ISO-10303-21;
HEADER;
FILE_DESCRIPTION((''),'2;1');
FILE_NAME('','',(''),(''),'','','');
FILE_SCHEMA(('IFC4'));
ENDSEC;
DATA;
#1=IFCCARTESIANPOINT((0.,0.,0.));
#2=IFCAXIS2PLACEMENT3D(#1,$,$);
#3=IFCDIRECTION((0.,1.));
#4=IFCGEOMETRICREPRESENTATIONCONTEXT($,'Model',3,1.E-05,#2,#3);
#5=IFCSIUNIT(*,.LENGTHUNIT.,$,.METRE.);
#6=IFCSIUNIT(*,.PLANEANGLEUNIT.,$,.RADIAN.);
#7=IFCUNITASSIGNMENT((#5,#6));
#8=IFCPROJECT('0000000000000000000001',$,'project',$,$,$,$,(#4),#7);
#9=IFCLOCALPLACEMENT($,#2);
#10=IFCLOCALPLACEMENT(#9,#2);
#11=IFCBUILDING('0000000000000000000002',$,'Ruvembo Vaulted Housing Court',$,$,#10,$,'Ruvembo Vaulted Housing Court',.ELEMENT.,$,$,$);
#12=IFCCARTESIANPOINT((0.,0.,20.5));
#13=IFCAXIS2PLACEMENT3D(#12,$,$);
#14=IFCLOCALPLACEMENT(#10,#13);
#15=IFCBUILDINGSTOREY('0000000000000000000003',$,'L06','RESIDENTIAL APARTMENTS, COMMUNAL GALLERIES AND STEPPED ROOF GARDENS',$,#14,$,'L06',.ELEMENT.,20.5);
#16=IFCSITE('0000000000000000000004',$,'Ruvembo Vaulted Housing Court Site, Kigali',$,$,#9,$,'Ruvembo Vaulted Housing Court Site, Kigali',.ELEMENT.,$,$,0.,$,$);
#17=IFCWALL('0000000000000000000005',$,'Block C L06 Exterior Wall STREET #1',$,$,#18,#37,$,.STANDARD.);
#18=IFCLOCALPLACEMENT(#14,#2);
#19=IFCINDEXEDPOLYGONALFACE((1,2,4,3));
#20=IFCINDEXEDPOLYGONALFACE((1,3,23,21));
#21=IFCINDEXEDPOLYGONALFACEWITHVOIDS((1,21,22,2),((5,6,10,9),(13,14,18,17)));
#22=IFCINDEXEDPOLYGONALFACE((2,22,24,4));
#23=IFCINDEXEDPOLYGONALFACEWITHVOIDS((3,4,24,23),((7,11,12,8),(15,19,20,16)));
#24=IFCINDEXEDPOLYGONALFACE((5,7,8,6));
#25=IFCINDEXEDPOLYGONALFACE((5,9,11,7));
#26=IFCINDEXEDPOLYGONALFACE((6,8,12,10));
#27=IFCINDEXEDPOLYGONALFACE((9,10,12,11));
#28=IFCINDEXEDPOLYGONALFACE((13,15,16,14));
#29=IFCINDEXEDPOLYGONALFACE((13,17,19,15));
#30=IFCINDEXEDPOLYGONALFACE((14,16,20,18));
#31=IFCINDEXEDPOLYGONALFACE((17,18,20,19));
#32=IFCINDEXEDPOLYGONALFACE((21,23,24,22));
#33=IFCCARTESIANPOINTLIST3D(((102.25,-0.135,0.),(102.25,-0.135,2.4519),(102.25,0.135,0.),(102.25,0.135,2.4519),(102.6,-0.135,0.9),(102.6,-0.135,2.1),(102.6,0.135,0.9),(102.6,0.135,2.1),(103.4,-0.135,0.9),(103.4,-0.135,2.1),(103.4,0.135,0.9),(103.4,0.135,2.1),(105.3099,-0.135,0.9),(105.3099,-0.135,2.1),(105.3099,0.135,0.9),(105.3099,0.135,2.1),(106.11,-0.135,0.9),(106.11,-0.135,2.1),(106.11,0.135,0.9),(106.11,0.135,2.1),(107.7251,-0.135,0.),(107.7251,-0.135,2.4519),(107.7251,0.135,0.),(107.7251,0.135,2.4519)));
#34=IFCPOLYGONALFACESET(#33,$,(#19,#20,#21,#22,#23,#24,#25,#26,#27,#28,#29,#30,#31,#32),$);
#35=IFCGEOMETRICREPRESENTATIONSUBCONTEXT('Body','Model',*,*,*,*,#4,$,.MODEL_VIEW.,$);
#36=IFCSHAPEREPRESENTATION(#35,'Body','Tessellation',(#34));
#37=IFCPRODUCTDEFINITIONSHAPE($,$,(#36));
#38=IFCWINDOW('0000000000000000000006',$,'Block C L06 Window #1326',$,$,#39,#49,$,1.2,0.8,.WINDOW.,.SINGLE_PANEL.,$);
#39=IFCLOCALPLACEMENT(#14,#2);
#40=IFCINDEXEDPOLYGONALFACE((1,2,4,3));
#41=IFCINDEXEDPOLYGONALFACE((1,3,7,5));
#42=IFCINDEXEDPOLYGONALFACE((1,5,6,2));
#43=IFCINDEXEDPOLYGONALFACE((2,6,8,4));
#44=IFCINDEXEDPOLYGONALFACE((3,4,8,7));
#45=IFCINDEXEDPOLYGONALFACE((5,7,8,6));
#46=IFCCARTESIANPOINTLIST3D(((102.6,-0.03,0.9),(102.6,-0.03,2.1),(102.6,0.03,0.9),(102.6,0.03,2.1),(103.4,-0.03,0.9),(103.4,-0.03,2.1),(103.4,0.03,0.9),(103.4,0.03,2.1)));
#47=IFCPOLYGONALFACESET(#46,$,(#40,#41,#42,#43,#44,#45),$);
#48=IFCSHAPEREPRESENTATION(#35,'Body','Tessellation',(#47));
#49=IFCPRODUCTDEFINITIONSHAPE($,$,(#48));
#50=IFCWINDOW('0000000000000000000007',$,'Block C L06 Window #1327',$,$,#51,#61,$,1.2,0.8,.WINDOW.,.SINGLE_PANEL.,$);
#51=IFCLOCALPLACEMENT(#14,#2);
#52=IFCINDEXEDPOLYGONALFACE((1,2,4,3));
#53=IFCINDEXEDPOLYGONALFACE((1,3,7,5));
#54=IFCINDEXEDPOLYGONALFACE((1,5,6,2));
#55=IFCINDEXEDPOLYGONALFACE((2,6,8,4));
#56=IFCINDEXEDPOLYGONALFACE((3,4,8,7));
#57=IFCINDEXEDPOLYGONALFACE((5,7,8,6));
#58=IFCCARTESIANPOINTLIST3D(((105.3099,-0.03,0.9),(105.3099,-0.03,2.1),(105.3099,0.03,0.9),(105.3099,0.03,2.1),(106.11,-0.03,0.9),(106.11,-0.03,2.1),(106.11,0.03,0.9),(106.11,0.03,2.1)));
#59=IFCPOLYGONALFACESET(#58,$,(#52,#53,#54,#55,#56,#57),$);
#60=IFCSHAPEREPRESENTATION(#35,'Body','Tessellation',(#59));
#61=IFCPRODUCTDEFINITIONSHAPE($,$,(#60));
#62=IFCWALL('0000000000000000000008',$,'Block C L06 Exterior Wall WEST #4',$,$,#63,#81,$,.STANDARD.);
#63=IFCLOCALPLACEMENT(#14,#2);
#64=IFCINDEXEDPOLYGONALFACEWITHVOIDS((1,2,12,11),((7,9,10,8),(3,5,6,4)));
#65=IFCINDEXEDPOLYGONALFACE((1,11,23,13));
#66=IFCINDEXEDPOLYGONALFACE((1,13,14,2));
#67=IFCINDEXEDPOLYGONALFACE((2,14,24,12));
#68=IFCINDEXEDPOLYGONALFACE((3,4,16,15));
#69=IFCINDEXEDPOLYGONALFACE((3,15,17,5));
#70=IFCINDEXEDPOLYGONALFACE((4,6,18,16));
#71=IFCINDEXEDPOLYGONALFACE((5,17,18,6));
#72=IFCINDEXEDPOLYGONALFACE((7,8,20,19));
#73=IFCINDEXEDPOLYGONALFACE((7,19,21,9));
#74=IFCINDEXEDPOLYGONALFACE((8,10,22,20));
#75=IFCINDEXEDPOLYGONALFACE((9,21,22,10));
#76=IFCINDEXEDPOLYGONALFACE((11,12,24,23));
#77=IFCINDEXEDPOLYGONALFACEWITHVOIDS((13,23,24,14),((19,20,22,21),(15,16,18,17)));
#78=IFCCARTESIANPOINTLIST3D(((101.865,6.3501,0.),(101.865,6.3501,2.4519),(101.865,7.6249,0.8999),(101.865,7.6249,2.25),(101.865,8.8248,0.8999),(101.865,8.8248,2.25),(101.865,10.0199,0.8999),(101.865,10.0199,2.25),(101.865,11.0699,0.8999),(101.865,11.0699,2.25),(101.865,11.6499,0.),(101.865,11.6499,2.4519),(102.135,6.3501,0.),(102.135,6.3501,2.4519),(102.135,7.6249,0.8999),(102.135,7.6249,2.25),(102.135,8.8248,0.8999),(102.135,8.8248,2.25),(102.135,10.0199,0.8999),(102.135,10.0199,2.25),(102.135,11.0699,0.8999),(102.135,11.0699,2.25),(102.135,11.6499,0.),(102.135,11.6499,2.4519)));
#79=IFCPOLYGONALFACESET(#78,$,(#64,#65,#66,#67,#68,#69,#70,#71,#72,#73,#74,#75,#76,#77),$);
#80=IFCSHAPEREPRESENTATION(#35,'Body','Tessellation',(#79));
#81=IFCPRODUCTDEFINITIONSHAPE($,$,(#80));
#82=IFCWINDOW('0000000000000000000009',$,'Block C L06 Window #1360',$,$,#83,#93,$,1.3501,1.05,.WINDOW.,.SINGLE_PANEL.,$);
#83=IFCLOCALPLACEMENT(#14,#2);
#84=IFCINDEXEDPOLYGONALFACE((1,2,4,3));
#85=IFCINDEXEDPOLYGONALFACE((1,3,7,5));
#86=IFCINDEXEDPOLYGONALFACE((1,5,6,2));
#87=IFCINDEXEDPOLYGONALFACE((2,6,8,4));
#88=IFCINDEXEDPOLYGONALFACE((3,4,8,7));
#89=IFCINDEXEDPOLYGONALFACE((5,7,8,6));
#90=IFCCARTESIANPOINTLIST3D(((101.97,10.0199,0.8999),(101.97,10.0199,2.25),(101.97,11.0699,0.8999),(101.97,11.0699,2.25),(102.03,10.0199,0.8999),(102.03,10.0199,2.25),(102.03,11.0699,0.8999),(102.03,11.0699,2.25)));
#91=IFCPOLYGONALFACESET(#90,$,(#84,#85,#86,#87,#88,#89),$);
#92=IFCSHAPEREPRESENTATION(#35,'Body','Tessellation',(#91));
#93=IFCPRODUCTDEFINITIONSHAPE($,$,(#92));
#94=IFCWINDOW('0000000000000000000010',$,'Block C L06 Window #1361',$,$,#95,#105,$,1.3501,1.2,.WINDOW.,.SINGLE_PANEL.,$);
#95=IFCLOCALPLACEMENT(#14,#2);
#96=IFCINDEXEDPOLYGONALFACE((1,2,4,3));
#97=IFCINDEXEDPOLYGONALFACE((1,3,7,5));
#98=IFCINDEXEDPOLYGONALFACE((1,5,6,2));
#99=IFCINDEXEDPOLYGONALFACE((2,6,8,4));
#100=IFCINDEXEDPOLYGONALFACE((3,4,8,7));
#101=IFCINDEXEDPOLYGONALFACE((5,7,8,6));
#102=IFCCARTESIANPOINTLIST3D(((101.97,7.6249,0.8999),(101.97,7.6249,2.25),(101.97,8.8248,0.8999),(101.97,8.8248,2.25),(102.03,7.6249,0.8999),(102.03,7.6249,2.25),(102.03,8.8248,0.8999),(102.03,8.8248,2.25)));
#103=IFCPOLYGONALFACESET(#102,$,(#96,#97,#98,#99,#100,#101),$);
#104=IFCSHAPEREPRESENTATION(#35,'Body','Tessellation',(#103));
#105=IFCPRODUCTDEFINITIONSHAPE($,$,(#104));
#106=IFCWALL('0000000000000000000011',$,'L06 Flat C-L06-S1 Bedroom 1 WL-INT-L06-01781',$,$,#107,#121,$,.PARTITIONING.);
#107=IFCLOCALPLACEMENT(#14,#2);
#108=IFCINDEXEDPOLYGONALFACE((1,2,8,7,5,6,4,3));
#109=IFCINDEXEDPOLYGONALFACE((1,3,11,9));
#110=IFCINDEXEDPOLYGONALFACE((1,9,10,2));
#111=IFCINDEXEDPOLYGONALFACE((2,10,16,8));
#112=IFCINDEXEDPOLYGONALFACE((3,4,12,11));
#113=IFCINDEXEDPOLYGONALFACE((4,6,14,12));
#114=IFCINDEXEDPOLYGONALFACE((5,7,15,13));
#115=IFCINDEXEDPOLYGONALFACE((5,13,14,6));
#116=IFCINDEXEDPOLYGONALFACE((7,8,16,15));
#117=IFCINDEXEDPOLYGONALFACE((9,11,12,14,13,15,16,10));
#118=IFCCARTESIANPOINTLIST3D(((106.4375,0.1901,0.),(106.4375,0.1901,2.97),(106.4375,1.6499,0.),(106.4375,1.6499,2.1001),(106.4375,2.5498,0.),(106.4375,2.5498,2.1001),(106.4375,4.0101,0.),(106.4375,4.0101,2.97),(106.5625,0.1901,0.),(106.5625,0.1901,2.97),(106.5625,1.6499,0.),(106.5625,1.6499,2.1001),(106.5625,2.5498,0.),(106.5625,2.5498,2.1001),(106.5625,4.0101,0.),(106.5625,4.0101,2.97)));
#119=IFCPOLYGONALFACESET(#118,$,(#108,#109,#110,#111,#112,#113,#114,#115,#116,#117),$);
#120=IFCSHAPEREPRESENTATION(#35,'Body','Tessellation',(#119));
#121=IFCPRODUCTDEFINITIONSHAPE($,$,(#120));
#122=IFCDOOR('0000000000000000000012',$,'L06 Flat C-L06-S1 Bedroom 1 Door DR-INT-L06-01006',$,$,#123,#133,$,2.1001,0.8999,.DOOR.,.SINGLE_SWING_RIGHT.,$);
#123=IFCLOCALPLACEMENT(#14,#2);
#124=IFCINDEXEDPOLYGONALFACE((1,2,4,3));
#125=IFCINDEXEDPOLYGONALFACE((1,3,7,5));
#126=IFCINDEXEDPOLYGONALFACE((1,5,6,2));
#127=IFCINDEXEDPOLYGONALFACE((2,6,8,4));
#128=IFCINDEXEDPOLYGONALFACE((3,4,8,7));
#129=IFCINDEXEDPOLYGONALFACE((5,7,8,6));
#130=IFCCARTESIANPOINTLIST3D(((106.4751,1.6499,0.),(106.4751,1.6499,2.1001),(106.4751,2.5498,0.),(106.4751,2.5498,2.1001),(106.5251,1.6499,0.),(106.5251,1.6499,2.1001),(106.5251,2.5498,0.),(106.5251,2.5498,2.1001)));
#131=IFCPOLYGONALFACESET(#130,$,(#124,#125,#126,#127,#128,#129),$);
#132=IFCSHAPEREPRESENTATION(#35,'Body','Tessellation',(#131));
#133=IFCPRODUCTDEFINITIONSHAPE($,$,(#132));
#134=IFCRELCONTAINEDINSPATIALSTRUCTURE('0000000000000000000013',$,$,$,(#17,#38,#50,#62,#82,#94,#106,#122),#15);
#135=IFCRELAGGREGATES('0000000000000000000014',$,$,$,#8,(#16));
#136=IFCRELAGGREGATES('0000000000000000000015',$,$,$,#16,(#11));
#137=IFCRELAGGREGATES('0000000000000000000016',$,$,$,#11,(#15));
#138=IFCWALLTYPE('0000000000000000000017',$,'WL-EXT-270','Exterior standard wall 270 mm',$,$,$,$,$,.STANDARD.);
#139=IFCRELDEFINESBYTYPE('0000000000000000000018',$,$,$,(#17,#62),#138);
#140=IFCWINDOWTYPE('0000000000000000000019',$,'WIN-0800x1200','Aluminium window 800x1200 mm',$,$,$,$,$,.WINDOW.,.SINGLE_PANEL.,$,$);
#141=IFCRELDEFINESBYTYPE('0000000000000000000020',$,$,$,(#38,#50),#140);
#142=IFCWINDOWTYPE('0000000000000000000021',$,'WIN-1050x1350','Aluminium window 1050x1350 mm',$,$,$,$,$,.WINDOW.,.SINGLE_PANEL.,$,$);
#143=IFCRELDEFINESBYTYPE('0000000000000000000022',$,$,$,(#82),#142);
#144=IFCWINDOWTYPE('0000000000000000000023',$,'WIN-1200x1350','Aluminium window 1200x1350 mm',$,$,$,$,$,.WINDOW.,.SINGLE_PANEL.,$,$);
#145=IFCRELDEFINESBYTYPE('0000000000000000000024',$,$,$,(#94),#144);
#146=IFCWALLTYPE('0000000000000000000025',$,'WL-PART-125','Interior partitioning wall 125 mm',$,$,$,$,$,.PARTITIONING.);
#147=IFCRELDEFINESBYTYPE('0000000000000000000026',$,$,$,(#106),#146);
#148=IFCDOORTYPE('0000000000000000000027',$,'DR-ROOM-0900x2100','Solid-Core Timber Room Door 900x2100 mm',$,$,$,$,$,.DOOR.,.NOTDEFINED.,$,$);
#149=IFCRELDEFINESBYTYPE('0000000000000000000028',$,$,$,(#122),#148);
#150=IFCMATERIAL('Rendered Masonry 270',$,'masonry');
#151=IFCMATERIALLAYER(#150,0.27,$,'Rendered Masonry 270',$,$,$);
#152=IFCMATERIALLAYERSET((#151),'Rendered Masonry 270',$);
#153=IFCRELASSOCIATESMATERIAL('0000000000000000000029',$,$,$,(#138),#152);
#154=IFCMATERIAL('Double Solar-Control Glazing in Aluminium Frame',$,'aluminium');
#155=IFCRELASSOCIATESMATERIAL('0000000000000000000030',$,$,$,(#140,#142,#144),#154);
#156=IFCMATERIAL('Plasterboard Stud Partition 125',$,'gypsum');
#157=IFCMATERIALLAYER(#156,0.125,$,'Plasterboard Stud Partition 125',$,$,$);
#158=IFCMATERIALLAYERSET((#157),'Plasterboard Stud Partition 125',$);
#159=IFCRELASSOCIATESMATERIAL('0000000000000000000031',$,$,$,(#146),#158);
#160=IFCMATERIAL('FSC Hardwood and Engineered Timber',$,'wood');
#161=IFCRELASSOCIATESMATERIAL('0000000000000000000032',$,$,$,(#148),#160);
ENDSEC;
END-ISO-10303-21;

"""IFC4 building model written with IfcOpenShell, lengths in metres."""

from ifc_helpers import new_model, si_unit, direction, frame, frame_2d, origin, place, context, subcontext, project, spatial, rectangle, extrude, material, layer, layer_set, type_object, element, fill, save


model = new_model("IFC4")

# Units and contexts
model_context = context("Model", 3, precision=1e-05, world=origin(), true_north=direction((0.0, 1.0)))
body_context = subcontext(model_context, "Body", "Model", "MODEL_VIEW")
ifc_project = project(units=[si_unit("LENGTHUNIT", "METRE"), si_unit("PLANEANGLEUNIT", "RADIAN")], contexts=[model_context])

# Site, building, storey
site_placement = place(None, origin())
site = spatial("IfcSite", under=ifc_project, at=site_placement, Name="Ruvembo Vaulted Housing Court Site, Kigali", LongName="Ruvembo Vaulted Housing Court Site, Kigali", CompositionType="ELEMENT", RefElevation=0.0)
building_placement = place(site_placement, origin())
building = spatial("IfcBuilding", under=site, at=building_placement, Name="Ruvembo Vaulted Housing Court", LongName="Ruvembo Vaulted Housing Court", CompositionType="ELEMENT")
storey_placement = place(building_placement, frame((0.0, 0.0, 20.5)))
storey = spatial("IfcBuildingStorey", under=building, at=storey_placement, Name="L06", Description="RESIDENTIAL APARTMENTS, COMMUNAL GALLERIES AND STEPPED ROOF GARDENS", LongName="L06", CompositionType="ELEMENT", Elevation=20.5)

# Shared definitions
ifc_material_1 = material(Name="FSC Hardwood and Engineered Timber", Category="wood")

# Walls, openings, windows
ifc_material_2 = material(Name="Rendered Masonry 270", Category="masonry")
ifc_layer_1 = layer(ifc_material_2, 0.27, Name="Rendered Masonry 270")
ifc_layer_set_1 = layer_set([ifc_layer_1], Name="Rendered Masonry 270")
wall_type_1 = type_object("IfcWallType", Name="WL-EXT-270", Description="Exterior standard wall 270 mm", PredefinedType="STANDARD", material=ifc_layer_set_1)
wall_1_placement = place(storey_placement, frame((102.25, 0.0, 0.0), z_axis=(0.0, 0.0, 1.0), x_axis=(1.0, 0.0, 0.0)))
wall_1 = element("IfcWall", 1, at=wall_1_placement, inside=storey, type_object=wall_type_1, Name="Block C L06 Exterior Wall STREET #1", PredefinedType="STANDARD", context=body_context, shape_type="SweptSolid", body=[
    extrude(rectangle(XDim=5.4751, YDim=0.27, at=frame_2d((2.7375, 0.0))), origin(), (0.0, 0.0, 1.0), 2.4519),
])
opening_1_placement = place(wall_1_placement, frame((0.3501, 0.0, 0.8999)))
opening_1 = element("IfcOpeningElement", 2, at=opening_1_placement, cuts=wall_1, PredefinedType="OPENING", context=body_context, shape_type="SweptSolid", body=[
    extrude(rectangle(XDim=0.8, YDim=1.2, at=frame_2d((0.3999, 0.6001))), frame((0.0, 0.145, 0.0), z_axis=(0.0, -1.0, 0.0), x_axis=(1.0, 0.0, 0.0)), (0.0, 0.0, 1.0), 0.29),
])
opening_2_placement = place(wall_1_placement, frame((3.0601, 0.0, 0.8999)))
opening_2 = element("IfcOpeningElement", 3, at=opening_2_placement, cuts=wall_1, PredefinedType="OPENING", context=body_context, shape_type="SweptSolid", body=[
    extrude(rectangle(XDim=0.8, YDim=1.2, at=frame_2d((0.3999, 0.6001))), frame((0.0, 0.145, 0.0), z_axis=(0.0, -1.0, 0.0), x_axis=(1.0, 0.0, 0.0)), (0.0, 0.0, 1.0), 0.29),
])
ifc_material_3 = material(Name="Double Solar-Control Glazing in Aluminium Frame", Category="aluminium")
window_type_1 = type_object("IfcWindowType", Name="WIN-0800x1200", Description="Aluminium window 800x1200 mm", PartitioningType="SINGLE_PANEL", PredefinedType="WINDOW", material=ifc_material_3)
window_1_placement = place(opening_1_placement, origin())
window_1 = element("IfcWindow", 4, at=window_1_placement, inside=storey, type_object=window_type_1, Name="Block C L06 Window #1326", OverallHeight=1.2, OverallWidth=0.8, PartitioningType="SINGLE_PANEL", PredefinedType="WINDOW", context=body_context, shape_type="SweptSolid", body=[
    extrude(rectangle(XDim=0.8, YDim=1.2, at=frame_2d((0.3999, 0.6001))), frame((0.0, 0.03, 0.0), z_axis=(0.0, -1.0, 0.0), x_axis=(1.0, 0.0, 0.0)), (0.0, 0.0, 1.0), 0.0601),
])
fill(opening_1, window_1)
window_2_placement = place(opening_2_placement, origin())
window_2 = element("IfcWindow", 5, at=window_2_placement, inside=storey, type_object=window_type_1, Name="Block C L06 Window #1327", OverallHeight=1.2, OverallWidth=0.8, PartitioningType="SINGLE_PANEL", PredefinedType="WINDOW", context=body_context, shape_type="SweptSolid", body=[
    extrude(rectangle(XDim=0.8, YDim=1.2, at=frame_2d((0.3999, 0.6001))), frame((0.0, 0.03, 0.0), z_axis=(0.0, -1.0, 0.0), x_axis=(1.0, 0.0, 0.0)), (0.0, 0.0, 1.0), 0.0601),
])
fill(opening_2, window_2)
wall_2_placement = place(storey_placement, frame((102.0, 11.6499, 0.0), z_axis=(0.0, 0.0, 1.0), x_axis=(0.0, -1.0, 0.0)))
wall_2 = element("IfcWall", 6, at=wall_2_placement, inside=storey, type_object=wall_type_1, Name="Block C L06 Exterior Wall WEST #4", PredefinedType="STANDARD", context=body_context, shape_type="SweptSolid", body=[
    extrude(rectangle(XDim=5.2998, YDim=0.27, at=frame_2d((2.6499, 0.0))), origin(), (0.0, 0.0, 1.0), 2.4519),
])
opening_3_placement = place(wall_2_placement, frame((0.5801, 0.0, 0.8999)))
opening_3 = element("IfcOpeningElement", 7, at=opening_3_placement, cuts=wall_2, PredefinedType="OPENING", context=body_context, shape_type="SweptSolid", body=[
    extrude(rectangle(XDim=1.05, YDim=1.3501, at=frame_2d((0.5249, 0.675))), frame((0.0, 0.145, 0.0), z_axis=(0.0, -1.0, 0.0), x_axis=(1.0, 0.0, 0.0)), (0.0, 0.0, 1.0), 0.29),
])
opening_4_placement = place(wall_2_placement, frame((2.825, 0.0, 0.8999)))
opening_4 = element("IfcOpeningElement", 8, at=opening_4_placement, cuts=wall_2, PredefinedType="OPENING", context=body_context, shape_type="SweptSolid", body=[
    extrude(rectangle(XDim=1.2, YDim=1.3501, at=frame_2d((0.6001, 0.675))), frame((0.0, 0.145, 0.0), z_axis=(0.0, -1.0, 0.0), x_axis=(1.0, 0.0, 0.0)), (0.0, 0.0, 1.0), 0.29),
])
window_type_2 = type_object("IfcWindowType", Name="WIN-1050x1350", Description="Aluminium window 1050x1350 mm", PartitioningType="SINGLE_PANEL", PredefinedType="WINDOW", material=ifc_material_3)
window_3_placement = place(opening_3_placement, origin())
window_3 = element("IfcWindow", 9, at=window_3_placement, inside=storey, type_object=window_type_2, Name="Block C L06 Window #1360", OverallHeight=1.3501, OverallWidth=1.05, PartitioningType="SINGLE_PANEL", PredefinedType="WINDOW", context=body_context, shape_type="SweptSolid", body=[
    extrude(rectangle(XDim=1.05, YDim=1.3501, at=frame_2d((0.5249, 0.675))), frame((0.0, 0.03, 0.0), z_axis=(0.0, -1.0, 0.0), x_axis=(1.0, 0.0, 0.0)), (0.0, 0.0, 1.0), 0.0601),
])
fill(opening_3, window_3)
window_type_3 = type_object("IfcWindowType", Name="WIN-1200x1350", Description="Aluminium window 1200x1350 mm", PartitioningType="SINGLE_PANEL", PredefinedType="WINDOW", material=ifc_material_3)
window_4_placement = place(opening_4_placement, origin())
window_4 = element("IfcWindow", 10, at=window_4_placement, inside=storey, type_object=window_type_3, Name="Block C L06 Window #1361", OverallHeight=1.3501, OverallWidth=1.2, PartitioningType="SINGLE_PANEL", PredefinedType="WINDOW", context=body_context, shape_type="SweptSolid", body=[
    extrude(rectangle(XDim=1.2, YDim=1.3501, at=frame_2d((0.6001, 0.675))), frame((0.0, 0.03, 0.0), z_axis=(0.0, -1.0, 0.0), x_axis=(1.0, 0.0, 0.0)), (0.0, 0.0, 1.0), 0.0601),
])
fill(opening_4, window_4)

# Wall, opening, door
ifc_material_4 = material(Name="Plasterboard Stud Partition 125", Category="gypsum")
ifc_layer_2 = layer(ifc_material_4, 0.125, Name="Plasterboard Stud Partition 125")
ifc_layer_set_2 = layer_set([ifc_layer_2], Name="Plasterboard Stud Partition 125")
wall_type_2 = type_object("IfcWallType", Name="WL-PART-125", Description="Interior partitioning wall 125 mm", PredefinedType="PARTITIONING", material=ifc_layer_set_2)
wall_3_placement = place(storey_placement, frame((106.5, 0.1899, 0.0), z_axis=(0.0, 0.0, 1.0), x_axis=(0.0, 1.0, 0.0)))
wall_3 = element("IfcWall", 11, at=wall_3_placement, inside=storey, type_object=wall_type_2, Name="L06 Flat C-L06-S1 Bedroom 1 WL-INT-L06-01781", PredefinedType="PARTITIONING", context=body_context, shape_type="SweptSolid", body=[
    extrude(rectangle(XDim=3.8201, YDim=0.125, at=frame_2d((1.9102, 0.0))), origin(), (0.0, 0.0, 1.0), 2.97),
])
opening_5_placement = place(wall_3_placement, frame((1.46, 0.0, 0.0)))
opening_5 = element("IfcOpeningElement", 12, at=opening_5_placement, cuts=wall_3, PredefinedType="OPENING", context=body_context, shape_type="SweptSolid", body=[
    extrude(rectangle(XDim=0.8999, YDim=2.1001, at=frame_2d((0.45, 1.05))), frame((0.0, 0.0725, 0.0), z_axis=(0.0, -1.0, 0.0), x_axis=(1.0, 0.0, 0.0)), (0.0, 0.0, 1.0), 0.145),
])
door_type_1 = type_object("IfcDoorType", Name="DR-ROOM-0900x2100", Description="Solid-Core Timber Room Door 900x2100 mm", OperationType="NOTDEFINED", PredefinedType="DOOR", material=ifc_material_1)
door_1_placement = place(opening_5_placement, origin())
door_1 = element("IfcDoor", 13, at=door_1_placement, inside=storey, type_object=door_type_1, Name="L06 Flat C-L06-S1 Bedroom 1 Door DR-INT-L06-01006", OperationType="SINGLE_SWING_RIGHT", OverallHeight=2.1001, OverallWidth=0.8999, PredefinedType="DOOR", context=body_context, shape_type="SweptSolid", body=[
    extrude(rectangle(XDim=0.8999, YDim=2.1001, at=frame_2d((0.45, 1.05))), frame((0.0, 0.0249, 0.0), z_axis=(0.0, -1.0, 0.0), x_axis=(1.0, 0.0, 0.0)), (0.0, 0.0, 1.0), 0.05),
])
fill(opening_5, door_1)

save(model, "model.ifc")
